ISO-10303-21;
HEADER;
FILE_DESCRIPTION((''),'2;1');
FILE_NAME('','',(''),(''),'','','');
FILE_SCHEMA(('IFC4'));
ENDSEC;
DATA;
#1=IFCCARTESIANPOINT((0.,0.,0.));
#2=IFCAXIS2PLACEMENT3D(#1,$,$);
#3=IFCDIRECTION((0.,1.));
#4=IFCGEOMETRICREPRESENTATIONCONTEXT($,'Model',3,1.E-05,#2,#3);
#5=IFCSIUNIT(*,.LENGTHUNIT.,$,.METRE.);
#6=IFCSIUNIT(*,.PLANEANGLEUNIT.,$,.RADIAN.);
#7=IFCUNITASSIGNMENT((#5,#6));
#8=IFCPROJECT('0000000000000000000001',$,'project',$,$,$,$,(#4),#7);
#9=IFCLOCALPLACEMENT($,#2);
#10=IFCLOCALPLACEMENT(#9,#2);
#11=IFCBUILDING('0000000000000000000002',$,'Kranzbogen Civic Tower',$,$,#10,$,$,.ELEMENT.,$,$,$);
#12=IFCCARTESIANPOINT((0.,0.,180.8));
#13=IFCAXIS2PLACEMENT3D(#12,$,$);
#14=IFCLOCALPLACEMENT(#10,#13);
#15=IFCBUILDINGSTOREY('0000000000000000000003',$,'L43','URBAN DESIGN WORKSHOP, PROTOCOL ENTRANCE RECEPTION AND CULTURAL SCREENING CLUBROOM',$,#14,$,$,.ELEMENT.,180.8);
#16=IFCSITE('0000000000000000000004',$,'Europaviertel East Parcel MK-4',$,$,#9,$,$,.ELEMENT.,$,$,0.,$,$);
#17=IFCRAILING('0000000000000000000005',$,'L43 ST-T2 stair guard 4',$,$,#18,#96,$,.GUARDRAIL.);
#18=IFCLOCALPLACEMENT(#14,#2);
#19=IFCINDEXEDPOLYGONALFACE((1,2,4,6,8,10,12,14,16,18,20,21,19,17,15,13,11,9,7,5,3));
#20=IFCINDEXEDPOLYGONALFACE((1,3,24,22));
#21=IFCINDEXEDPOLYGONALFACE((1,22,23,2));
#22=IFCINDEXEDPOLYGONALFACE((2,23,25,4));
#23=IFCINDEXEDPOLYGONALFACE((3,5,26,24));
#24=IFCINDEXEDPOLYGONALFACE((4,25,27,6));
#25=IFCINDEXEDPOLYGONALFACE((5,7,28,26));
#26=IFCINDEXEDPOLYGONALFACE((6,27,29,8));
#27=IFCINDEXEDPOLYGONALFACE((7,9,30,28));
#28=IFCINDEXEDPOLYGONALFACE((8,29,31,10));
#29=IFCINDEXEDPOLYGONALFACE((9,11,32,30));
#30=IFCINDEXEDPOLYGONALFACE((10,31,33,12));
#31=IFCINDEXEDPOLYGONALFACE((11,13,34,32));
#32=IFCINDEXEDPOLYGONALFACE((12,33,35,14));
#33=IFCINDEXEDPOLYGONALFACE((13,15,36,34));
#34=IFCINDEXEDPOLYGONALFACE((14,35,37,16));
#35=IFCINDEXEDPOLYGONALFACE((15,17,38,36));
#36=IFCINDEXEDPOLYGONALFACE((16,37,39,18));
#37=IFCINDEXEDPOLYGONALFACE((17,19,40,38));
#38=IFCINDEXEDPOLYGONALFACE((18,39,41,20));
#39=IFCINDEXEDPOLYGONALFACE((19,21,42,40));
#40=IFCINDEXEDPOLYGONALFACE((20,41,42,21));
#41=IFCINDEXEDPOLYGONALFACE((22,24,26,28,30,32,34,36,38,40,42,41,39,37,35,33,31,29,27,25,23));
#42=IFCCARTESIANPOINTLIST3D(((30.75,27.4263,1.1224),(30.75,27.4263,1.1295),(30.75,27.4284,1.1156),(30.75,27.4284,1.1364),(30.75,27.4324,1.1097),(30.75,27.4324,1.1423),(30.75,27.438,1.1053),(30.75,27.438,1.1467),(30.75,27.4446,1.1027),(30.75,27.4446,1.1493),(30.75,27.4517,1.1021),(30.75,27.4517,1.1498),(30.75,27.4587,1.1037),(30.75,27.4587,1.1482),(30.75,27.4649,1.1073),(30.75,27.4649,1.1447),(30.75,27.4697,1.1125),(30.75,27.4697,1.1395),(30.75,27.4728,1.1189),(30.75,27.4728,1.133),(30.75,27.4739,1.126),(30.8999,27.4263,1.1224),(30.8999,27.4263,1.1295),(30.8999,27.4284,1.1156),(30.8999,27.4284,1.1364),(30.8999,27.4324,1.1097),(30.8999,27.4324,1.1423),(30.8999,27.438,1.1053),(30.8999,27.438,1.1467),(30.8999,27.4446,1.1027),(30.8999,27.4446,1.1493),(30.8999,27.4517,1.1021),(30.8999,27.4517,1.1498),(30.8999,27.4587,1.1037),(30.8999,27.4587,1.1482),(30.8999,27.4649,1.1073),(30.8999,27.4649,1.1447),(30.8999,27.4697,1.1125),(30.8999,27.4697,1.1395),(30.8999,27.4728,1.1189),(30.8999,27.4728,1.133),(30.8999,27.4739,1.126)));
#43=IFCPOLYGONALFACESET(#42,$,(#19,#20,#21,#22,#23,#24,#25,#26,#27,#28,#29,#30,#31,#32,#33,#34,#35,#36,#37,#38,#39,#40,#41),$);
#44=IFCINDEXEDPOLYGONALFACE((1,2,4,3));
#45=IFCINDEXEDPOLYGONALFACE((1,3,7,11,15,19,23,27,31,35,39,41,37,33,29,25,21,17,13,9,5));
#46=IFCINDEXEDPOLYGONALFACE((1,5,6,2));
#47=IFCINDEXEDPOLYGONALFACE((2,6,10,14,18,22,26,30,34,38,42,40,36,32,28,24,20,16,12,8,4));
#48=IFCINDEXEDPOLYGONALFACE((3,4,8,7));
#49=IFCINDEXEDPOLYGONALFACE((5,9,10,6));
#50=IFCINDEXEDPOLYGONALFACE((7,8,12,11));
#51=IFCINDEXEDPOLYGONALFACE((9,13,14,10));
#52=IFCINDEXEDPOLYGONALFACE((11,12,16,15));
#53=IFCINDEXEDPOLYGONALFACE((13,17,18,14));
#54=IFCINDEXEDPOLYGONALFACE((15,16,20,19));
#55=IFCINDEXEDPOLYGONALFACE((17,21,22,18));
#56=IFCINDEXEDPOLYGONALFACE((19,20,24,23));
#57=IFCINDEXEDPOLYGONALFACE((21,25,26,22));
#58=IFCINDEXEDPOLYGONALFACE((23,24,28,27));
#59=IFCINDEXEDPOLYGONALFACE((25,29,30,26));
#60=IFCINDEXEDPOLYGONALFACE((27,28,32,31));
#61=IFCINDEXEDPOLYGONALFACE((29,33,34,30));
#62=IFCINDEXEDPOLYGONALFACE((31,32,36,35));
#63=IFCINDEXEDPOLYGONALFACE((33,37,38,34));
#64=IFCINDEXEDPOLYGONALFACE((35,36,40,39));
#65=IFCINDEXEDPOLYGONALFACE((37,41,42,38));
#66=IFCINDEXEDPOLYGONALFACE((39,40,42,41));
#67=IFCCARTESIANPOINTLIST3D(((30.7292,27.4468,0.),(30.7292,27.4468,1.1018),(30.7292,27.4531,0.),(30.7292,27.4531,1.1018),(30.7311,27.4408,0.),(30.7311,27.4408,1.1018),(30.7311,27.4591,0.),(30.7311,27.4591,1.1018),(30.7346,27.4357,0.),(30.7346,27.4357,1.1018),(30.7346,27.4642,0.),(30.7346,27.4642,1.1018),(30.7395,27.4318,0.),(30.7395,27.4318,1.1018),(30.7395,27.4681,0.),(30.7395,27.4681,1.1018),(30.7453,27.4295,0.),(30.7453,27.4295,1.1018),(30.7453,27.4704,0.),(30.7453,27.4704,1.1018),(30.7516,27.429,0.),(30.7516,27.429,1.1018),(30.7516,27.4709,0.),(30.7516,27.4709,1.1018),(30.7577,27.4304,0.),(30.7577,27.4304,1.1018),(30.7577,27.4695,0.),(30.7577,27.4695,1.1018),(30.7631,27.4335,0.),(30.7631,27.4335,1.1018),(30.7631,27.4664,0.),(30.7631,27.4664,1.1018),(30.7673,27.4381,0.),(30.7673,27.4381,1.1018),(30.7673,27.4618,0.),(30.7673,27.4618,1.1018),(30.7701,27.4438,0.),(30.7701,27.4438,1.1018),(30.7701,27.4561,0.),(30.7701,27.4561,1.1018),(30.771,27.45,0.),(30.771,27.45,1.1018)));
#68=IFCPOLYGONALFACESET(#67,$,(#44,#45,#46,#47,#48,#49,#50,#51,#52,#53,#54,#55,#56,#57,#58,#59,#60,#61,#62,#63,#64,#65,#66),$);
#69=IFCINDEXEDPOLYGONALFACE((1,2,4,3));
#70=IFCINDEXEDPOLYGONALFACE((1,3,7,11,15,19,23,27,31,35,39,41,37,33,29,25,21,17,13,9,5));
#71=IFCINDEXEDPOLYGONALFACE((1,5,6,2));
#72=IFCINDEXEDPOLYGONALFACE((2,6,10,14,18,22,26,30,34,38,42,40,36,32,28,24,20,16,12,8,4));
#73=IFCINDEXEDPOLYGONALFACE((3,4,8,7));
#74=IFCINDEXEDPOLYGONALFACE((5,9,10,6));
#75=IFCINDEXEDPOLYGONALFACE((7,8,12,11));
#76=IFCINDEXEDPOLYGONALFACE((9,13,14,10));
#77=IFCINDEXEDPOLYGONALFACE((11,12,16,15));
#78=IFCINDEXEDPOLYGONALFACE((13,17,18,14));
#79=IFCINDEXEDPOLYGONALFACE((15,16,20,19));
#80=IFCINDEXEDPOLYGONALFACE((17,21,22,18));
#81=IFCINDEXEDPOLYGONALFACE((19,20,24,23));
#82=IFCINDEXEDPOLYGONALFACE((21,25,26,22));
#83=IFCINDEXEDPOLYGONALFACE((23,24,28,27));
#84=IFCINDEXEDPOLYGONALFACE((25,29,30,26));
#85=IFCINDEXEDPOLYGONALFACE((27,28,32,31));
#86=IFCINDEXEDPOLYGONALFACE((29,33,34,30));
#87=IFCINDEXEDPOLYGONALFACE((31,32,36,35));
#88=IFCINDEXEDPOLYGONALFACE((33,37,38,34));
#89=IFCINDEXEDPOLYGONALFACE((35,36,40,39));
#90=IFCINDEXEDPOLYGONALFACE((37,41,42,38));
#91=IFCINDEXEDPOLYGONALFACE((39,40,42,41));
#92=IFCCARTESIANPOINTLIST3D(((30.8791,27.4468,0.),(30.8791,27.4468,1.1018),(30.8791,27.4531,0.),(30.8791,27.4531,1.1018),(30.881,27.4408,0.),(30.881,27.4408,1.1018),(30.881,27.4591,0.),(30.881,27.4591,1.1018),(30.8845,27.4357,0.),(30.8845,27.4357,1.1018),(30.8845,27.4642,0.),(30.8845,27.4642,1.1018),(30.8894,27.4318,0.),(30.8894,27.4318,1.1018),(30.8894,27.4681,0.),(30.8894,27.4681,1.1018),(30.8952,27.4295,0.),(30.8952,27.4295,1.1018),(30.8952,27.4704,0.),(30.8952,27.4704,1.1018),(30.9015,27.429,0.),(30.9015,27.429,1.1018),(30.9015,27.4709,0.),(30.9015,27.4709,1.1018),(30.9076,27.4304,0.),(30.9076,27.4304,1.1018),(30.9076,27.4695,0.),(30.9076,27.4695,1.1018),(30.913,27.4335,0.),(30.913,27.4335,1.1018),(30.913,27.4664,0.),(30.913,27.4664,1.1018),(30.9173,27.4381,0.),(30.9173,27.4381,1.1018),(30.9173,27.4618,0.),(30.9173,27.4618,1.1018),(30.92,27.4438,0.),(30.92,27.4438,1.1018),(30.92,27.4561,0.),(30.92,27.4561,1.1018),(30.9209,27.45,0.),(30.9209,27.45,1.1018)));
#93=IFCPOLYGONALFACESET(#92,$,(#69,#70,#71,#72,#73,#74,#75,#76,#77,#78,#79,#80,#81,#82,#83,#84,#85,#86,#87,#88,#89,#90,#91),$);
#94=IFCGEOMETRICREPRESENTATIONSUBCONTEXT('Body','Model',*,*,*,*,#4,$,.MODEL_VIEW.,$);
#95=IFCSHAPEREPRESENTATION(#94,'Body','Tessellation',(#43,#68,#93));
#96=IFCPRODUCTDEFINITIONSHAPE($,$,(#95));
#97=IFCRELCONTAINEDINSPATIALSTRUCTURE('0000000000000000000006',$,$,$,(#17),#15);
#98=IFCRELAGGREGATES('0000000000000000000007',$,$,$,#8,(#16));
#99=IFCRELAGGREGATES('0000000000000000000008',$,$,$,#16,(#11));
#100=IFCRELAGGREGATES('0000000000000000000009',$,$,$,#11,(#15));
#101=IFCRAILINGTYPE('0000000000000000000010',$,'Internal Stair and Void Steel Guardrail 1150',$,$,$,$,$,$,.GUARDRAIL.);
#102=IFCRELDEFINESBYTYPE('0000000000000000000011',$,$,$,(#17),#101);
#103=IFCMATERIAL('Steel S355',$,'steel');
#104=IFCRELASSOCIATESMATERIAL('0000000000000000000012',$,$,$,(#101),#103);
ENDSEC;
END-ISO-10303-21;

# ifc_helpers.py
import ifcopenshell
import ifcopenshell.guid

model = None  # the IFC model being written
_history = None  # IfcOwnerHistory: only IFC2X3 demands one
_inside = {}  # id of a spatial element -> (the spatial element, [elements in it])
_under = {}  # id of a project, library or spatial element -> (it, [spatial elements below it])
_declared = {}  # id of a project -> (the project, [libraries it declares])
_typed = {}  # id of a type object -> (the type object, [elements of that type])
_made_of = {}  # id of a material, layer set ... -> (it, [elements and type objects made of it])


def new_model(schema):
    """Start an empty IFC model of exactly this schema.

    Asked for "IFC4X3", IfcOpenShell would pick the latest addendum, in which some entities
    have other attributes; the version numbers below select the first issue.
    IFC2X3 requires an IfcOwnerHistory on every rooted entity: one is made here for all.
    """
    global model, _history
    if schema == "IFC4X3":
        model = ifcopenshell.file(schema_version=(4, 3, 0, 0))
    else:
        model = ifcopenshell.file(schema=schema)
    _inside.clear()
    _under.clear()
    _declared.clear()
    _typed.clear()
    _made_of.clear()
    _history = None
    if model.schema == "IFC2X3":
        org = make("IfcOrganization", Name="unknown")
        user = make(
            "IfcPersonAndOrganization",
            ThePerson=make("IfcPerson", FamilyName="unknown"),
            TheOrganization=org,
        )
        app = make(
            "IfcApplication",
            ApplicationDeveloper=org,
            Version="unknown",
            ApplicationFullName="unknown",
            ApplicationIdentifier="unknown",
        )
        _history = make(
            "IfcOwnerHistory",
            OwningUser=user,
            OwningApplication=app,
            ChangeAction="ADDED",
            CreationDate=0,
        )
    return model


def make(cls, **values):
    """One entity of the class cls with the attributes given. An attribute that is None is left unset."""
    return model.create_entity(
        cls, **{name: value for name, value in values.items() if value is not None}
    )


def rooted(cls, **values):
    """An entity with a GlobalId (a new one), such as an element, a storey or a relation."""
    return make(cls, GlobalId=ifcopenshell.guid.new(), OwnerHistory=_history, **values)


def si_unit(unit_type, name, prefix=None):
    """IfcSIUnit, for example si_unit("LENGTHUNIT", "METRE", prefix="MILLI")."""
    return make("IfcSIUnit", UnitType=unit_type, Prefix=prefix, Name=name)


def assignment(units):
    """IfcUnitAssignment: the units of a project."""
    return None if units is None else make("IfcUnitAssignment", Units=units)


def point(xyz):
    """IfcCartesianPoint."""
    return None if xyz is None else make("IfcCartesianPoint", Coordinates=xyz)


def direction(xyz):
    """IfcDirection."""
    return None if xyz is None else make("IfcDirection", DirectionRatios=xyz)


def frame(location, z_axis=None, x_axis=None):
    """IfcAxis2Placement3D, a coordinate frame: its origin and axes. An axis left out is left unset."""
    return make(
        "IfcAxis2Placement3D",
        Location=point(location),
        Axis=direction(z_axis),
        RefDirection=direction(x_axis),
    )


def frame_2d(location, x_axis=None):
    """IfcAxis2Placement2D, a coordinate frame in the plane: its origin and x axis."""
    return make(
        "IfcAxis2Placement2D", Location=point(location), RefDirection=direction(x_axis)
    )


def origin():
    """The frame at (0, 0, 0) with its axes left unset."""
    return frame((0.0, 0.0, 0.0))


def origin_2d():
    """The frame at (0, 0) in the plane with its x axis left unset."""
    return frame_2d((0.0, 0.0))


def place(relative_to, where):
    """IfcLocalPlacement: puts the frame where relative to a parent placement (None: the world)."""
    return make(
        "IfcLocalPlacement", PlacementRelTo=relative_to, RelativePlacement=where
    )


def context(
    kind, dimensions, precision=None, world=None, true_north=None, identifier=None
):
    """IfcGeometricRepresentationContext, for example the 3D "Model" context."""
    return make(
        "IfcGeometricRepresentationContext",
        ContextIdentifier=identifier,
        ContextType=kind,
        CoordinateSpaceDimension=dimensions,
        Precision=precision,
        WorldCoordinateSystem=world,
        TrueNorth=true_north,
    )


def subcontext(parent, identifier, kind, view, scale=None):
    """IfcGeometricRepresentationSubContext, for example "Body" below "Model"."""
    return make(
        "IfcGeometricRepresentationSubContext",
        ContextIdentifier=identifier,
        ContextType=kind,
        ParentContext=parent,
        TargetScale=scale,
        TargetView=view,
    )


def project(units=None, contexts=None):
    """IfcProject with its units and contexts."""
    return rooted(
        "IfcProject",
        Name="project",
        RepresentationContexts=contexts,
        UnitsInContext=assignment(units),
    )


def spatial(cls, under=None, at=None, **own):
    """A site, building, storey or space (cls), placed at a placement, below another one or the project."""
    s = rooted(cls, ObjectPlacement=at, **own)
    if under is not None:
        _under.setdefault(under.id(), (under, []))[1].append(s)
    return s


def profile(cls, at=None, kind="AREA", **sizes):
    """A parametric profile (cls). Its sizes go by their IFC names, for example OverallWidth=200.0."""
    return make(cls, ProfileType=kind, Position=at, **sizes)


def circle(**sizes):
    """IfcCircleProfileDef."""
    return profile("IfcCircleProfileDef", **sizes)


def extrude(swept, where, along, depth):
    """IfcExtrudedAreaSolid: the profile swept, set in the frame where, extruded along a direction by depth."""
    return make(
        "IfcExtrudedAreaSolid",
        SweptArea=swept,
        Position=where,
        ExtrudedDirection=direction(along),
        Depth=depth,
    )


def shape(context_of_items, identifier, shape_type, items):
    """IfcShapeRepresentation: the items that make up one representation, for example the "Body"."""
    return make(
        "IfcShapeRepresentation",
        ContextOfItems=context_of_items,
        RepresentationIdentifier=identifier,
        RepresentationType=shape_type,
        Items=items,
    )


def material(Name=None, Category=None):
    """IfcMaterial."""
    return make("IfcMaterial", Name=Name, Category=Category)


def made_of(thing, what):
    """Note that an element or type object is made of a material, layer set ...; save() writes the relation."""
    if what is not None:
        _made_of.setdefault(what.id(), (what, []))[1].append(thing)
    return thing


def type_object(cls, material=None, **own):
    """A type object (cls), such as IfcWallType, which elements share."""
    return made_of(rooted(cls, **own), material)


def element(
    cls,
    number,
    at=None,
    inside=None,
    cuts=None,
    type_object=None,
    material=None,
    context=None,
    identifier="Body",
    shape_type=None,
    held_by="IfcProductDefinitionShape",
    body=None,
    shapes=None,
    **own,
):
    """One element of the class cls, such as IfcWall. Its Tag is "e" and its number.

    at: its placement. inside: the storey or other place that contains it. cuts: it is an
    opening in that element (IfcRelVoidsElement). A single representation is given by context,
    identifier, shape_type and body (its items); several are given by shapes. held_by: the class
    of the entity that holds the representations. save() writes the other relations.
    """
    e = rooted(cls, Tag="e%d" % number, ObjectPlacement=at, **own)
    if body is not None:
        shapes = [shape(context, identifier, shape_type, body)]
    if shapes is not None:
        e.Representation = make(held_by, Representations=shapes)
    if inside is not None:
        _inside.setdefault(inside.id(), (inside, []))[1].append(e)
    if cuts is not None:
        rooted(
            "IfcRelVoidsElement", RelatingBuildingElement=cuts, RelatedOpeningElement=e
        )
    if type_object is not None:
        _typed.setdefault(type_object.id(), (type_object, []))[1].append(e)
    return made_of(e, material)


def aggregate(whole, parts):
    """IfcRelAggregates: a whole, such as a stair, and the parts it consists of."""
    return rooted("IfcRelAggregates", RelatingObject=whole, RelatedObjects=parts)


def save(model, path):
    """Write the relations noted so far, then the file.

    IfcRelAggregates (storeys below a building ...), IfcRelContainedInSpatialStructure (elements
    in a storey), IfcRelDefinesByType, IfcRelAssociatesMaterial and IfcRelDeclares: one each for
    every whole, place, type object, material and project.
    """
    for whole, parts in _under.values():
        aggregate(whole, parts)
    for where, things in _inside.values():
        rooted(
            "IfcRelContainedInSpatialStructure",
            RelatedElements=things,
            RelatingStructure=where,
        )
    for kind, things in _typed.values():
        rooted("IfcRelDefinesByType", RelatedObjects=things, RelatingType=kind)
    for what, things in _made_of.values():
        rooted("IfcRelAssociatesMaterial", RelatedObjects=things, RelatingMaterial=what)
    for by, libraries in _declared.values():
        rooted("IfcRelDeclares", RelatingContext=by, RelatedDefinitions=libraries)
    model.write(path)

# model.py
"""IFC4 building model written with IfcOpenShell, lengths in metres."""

from ifc_helpers import new_model, si_unit, direction, frame, origin, origin_2d, place, context, subcontext, project, spatial, circle, extrude, material, type_object, element, save


model = new_model("IFC4")

# Units and contexts
model_context = context("Model", 3, precision=1e-05, world=origin(), true_north=direction((0.0, 1.0)))
body_context = subcontext(model_context, "Body", "Model", "MODEL_VIEW")
ifc_project = project(units=[si_unit("LENGTHUNIT", "METRE"), si_unit("PLANEANGLEUNIT", "RADIAN")], contexts=[model_context])

# Site, building, storey
site_placement = place(None, origin())
site = spatial("IfcSite", under=ifc_project, at=site_placement, Name="Europaviertel East Parcel MK-4", CompositionType="ELEMENT", RefElevation=0.0)
building_placement = place(site_placement, origin())
building = spatial("IfcBuilding", under=site, at=building_placement, Name="Kranzbogen Civic Tower", CompositionType="ELEMENT")
storey_placement = place(building_placement, frame((0.0, 0.0, 180.8)))
storey = spatial("IfcBuildingStorey", under=building, at=storey_placement, Name="L43", Description="URBAN DESIGN WORKSHOP, PROTOCOL ENTRANCE RECEPTION AND CULTURAL SCREENING CLUBROOM", CompositionType="ELEMENT", Elevation=180.8)

# Shared definitions
ifc_material_1 = material(Name="Steel S355", Category="steel")

# Railing
railing_type_1 = type_object("IfcRailingType", Name="Internal Stair and Void Steel Guardrail 1150", PredefinedType="GUARDRAIL", material=ifc_material_1)
railing_1_placement = place(storey_placement, frame((30.75, 27.45, 0.0)))
element("IfcRailing", 1, at=railing_1_placement, inside=storey, type_object=railing_type_1, Name="L43 ST-T2 stair guard 4", PredefinedType="GUARDRAIL", context=body_context, shape_type="SweptSolid", body=[
    extrude(circle(Radius=0.0239, at=origin_2d()), frame((0.0, 0.0, 1.126), z_axis=(1.0, 0.0, 0.0), x_axis=(0.0, 1.0, 0.0)), (0.0, 0.0, 1.0), 0.1499),
    extrude(circle(Radius=0.021, at=origin_2d()), origin(), (0.0, 0.0, 1.0), 1.1018),
    extrude(circle(Radius=0.021, at=origin_2d()), frame((0.1499, 0.0, 0.0)), (0.0, 0.0, 1.0), 1.1018),
])

save(model, "model.ifc")
